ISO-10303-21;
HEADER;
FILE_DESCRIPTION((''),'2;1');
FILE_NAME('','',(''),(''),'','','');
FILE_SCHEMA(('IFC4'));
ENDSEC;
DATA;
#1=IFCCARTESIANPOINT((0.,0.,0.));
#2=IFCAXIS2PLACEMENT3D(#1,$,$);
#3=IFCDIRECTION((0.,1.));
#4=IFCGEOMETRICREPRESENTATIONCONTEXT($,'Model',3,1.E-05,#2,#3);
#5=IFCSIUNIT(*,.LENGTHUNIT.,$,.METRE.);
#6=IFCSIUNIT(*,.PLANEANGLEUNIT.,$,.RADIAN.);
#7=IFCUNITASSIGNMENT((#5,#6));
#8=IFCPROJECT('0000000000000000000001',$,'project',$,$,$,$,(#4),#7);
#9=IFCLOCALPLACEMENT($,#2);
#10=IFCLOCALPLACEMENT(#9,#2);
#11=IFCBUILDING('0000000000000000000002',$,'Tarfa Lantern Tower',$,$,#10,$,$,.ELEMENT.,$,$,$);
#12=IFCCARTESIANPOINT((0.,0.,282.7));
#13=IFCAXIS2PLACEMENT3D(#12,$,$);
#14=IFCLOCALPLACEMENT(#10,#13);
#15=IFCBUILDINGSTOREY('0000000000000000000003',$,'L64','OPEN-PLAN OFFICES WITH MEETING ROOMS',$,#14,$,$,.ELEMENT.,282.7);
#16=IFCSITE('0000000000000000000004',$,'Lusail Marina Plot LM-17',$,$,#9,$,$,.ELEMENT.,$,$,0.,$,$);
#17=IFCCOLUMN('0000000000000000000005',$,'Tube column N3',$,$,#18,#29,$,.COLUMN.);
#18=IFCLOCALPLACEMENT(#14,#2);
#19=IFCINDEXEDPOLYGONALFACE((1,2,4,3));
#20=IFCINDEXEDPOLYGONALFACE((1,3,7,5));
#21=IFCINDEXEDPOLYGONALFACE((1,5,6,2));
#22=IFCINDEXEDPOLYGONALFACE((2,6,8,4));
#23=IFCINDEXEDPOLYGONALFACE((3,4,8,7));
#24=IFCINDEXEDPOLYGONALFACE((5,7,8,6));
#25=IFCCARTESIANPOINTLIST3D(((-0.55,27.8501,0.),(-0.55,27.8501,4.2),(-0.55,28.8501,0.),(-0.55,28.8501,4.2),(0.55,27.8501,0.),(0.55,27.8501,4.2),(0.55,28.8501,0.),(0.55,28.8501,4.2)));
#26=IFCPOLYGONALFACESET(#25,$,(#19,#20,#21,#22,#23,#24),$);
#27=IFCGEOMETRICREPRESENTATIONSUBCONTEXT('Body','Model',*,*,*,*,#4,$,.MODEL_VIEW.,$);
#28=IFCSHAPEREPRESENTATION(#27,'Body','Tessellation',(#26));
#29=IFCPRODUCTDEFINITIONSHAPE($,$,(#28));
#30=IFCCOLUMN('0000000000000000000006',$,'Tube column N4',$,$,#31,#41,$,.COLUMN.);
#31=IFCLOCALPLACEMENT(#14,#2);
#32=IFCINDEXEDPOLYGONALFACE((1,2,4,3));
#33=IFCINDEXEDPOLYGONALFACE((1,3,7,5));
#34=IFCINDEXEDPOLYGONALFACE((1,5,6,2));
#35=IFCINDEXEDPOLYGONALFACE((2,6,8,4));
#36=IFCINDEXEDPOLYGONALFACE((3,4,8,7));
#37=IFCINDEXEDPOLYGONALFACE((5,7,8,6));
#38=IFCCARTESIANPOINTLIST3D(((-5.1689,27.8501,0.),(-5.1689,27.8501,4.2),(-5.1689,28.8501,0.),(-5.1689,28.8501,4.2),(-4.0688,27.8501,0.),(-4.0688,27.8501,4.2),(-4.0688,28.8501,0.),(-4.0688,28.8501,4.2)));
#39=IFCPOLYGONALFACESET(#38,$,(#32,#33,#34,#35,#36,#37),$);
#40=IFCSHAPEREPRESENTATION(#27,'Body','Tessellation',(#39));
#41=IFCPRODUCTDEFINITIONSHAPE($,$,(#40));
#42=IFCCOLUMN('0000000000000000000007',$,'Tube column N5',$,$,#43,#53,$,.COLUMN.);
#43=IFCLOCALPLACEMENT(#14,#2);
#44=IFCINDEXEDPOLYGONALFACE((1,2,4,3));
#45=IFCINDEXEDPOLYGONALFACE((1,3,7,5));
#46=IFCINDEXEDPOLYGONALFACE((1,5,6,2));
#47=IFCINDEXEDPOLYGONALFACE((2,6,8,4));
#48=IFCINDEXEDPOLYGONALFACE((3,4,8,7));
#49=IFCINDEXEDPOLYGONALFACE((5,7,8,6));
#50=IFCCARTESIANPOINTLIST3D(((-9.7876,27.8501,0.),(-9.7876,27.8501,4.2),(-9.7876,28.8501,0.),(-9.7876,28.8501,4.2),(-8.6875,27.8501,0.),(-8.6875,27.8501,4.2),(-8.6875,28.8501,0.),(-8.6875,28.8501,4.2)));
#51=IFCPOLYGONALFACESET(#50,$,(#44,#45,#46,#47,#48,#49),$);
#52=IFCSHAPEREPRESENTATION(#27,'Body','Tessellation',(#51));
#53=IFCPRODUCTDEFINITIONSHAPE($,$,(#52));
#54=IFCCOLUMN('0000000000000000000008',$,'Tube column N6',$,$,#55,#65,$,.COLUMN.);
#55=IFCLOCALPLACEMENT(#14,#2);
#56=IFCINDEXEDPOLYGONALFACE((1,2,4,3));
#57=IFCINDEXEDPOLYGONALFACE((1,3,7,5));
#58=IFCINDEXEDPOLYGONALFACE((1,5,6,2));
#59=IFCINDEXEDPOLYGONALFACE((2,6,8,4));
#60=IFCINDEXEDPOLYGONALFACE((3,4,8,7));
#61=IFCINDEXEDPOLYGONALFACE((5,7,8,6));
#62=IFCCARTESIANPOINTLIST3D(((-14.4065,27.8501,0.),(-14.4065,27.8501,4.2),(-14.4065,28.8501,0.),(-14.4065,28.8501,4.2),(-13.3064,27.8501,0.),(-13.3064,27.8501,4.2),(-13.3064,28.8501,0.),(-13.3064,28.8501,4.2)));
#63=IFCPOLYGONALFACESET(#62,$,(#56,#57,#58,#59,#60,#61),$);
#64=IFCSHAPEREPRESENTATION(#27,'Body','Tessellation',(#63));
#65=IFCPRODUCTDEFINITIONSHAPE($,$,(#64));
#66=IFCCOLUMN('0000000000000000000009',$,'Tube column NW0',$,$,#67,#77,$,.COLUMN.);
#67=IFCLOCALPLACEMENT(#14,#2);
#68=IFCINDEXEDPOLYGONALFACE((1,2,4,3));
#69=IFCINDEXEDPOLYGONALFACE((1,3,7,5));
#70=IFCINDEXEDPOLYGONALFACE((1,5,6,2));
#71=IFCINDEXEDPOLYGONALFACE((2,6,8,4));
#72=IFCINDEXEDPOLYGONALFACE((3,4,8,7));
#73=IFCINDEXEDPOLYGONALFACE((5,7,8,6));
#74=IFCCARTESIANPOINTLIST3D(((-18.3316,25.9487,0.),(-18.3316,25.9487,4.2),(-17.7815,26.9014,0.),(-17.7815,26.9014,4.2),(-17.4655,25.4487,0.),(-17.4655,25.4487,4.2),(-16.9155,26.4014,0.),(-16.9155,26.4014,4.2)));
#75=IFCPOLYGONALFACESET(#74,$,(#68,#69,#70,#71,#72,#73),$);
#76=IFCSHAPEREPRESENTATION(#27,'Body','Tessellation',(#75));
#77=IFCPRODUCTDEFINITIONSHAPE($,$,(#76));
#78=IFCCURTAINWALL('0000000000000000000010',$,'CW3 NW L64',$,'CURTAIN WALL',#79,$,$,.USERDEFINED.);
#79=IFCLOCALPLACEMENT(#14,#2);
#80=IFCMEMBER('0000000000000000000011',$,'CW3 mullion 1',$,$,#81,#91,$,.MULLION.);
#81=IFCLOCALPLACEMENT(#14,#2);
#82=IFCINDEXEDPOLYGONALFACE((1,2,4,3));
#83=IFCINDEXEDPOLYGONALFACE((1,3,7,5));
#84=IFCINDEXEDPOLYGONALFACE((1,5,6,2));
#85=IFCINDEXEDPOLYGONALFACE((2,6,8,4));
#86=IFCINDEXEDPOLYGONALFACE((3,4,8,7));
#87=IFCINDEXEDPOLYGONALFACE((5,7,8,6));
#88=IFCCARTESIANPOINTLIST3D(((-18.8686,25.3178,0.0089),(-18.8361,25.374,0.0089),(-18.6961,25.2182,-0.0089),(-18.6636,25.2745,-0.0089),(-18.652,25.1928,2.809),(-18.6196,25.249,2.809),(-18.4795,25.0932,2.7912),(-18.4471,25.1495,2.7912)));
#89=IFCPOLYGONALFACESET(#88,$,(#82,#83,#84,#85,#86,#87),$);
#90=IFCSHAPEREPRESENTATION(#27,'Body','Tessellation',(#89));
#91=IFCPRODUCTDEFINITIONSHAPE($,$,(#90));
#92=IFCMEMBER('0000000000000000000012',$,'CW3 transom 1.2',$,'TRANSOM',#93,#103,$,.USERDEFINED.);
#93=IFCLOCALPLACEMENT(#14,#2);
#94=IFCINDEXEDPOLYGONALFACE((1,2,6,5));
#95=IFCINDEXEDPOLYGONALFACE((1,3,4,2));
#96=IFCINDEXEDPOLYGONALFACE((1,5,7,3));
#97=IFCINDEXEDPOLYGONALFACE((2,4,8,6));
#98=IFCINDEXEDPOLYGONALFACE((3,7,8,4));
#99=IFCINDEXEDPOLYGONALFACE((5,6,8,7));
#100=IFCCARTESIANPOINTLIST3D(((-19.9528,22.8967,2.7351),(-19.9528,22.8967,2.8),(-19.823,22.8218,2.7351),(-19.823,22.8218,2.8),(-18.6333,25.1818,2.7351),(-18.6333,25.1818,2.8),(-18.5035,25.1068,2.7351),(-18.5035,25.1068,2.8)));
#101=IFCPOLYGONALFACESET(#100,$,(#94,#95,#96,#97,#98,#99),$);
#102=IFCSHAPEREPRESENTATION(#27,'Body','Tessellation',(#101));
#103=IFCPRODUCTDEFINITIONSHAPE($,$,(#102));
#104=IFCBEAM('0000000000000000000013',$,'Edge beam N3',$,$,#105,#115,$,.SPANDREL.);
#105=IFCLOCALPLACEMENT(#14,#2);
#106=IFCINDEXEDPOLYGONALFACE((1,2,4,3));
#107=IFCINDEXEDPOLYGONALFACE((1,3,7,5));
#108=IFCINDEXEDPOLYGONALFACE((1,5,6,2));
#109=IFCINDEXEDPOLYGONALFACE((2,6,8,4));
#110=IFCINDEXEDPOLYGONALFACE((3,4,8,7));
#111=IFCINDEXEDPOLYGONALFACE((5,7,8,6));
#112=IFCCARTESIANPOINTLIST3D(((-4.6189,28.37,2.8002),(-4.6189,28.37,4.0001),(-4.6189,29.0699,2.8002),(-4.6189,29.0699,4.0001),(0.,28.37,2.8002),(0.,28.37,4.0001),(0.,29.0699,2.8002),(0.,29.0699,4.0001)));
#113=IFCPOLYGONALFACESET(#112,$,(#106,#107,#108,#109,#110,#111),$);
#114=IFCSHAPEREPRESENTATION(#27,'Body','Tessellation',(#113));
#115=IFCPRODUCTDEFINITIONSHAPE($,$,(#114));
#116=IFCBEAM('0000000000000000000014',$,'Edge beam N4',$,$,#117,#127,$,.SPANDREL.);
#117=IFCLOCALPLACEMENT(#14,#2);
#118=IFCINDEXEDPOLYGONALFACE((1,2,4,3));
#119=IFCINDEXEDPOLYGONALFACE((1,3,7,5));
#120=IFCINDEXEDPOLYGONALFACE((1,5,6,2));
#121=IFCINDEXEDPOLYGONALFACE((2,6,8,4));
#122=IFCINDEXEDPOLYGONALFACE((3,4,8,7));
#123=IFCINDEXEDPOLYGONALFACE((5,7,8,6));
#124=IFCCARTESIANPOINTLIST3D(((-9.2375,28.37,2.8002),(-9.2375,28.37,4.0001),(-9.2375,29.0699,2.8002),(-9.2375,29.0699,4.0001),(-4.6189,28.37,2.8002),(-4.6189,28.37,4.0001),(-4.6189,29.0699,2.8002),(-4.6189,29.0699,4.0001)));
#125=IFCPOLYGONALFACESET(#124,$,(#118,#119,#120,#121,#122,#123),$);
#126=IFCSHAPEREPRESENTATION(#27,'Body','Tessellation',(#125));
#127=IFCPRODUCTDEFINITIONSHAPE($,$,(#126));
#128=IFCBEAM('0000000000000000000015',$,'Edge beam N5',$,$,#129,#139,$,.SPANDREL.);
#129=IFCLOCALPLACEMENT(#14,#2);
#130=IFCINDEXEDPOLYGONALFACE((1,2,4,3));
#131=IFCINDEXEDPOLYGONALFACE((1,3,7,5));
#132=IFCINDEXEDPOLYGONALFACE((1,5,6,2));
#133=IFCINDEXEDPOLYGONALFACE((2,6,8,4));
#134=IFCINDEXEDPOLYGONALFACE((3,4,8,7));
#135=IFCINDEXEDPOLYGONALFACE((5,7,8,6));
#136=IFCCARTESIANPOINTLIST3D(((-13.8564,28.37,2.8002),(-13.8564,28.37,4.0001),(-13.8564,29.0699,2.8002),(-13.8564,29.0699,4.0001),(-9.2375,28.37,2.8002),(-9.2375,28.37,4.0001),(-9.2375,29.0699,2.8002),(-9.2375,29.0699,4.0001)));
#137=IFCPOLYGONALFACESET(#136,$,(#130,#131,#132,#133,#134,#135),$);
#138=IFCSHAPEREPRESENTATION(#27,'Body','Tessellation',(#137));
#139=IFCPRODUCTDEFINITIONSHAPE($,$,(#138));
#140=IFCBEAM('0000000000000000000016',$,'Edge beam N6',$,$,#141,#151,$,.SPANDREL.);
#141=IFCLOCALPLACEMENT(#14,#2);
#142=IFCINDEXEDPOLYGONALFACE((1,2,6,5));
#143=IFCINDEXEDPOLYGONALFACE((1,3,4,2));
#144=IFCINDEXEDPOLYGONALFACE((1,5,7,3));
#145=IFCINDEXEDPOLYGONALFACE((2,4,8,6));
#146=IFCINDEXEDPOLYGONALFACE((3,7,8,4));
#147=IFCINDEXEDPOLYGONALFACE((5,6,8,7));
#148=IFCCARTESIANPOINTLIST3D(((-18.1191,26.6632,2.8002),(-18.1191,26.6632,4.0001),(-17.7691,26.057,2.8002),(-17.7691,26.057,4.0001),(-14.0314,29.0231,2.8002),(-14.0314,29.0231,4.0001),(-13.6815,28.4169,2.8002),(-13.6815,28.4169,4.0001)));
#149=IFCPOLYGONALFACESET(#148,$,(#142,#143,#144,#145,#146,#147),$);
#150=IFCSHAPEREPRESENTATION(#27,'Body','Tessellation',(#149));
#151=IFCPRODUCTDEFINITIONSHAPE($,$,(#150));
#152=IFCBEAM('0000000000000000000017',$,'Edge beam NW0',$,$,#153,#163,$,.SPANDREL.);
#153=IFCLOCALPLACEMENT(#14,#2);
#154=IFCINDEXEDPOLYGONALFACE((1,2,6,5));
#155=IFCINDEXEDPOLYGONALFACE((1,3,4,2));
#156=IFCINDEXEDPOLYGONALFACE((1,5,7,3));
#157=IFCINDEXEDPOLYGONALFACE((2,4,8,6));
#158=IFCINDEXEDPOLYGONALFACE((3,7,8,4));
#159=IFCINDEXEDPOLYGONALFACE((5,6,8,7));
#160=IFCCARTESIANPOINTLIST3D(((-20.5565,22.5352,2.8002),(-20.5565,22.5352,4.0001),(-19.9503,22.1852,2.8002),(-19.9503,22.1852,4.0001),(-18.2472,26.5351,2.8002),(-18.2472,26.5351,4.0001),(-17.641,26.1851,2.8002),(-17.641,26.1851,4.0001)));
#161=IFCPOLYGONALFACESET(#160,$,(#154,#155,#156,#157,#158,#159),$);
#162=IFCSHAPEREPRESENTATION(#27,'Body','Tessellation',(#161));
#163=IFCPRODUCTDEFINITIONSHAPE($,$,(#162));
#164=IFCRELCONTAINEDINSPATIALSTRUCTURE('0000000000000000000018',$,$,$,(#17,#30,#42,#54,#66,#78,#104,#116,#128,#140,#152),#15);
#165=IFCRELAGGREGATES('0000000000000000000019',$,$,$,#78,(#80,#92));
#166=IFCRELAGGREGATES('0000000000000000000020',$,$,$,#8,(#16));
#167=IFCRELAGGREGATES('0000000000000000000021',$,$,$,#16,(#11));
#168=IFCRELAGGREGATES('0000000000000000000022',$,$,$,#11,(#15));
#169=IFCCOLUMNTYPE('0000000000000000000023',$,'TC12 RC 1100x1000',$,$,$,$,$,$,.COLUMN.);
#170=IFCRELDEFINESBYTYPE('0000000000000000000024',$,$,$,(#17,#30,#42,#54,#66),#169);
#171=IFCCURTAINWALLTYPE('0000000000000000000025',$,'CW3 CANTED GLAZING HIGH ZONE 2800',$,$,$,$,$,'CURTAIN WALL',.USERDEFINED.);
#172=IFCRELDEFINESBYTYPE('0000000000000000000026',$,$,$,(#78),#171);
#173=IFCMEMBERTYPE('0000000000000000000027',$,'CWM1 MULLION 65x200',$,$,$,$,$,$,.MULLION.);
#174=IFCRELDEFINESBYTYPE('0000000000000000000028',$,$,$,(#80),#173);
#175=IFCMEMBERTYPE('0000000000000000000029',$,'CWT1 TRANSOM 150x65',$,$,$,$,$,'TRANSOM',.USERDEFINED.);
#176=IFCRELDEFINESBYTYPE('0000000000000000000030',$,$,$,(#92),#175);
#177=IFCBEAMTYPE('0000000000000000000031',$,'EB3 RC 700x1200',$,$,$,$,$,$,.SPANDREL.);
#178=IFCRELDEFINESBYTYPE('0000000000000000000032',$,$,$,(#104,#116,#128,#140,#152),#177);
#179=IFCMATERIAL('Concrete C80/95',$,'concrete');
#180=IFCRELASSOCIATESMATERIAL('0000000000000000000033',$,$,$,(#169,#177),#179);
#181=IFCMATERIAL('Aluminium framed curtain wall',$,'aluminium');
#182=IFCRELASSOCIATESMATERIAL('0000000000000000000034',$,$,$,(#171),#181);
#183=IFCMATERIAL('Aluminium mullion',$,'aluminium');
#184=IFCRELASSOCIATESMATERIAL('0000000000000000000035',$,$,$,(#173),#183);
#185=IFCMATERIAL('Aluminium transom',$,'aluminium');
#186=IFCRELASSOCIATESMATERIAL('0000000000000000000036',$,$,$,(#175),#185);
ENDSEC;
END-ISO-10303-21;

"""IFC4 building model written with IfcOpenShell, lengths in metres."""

from ifc_helpers import new_model, si_unit, direction, frame, origin, origin_2d, place, context, subcontext, project, spatial, rectangle, extrude, material, material_profile, profile_set, type_object, element, aggregate, save


model = new_model("IFC4")

# Units and contexts
model_context = context("Model", 3, precision=1e-05, world=origin(), true_north=direction((0.0, 1.0)))
body_context = subcontext(model_context, "Body", "Model", "MODEL_VIEW")
ifc_project = project(units=[si_unit("LENGTHUNIT", "METRE"), si_unit("PLANEANGLEUNIT", "RADIAN")], contexts=[model_context])

# Site, building, storey
site_placement = place(None, origin())
site = spatial("IfcSite", under=ifc_project, at=site_placement, Name="Lusail Marina Plot LM-17", CompositionType="ELEMENT", RefElevation=0.0)
building_placement = place(site_placement, origin())
building = spatial("IfcBuilding", under=site, at=building_placement, Name="Tarfa Lantern Tower", CompositionType="ELEMENT")
storey_placement = place(building_placement, frame((0.0, 0.0, 282.7)))
storey = spatial("IfcBuildingStorey", under=building, at=storey_placement, Name="L64", Description="OPEN-PLAN OFFICES WITH MEETING ROOMS", CompositionType="ELEMENT", Elevation=282.7)

# Columns
ifc_material_1 = material(Name="Concrete C80/95", Category="concrete")
ifc_material_profile_1 = material_profile(ifc_material_1, rectangle(XDim=1.1001, YDim=1.0, at=origin_2d()), Name="RC 1100x1000")
ifc_profile_set_1 = profile_set([ifc_material_profile_1], Name="Concrete C80/95")
column_type = type_object("IfcColumnType", Name="TC12 RC 1100x1000", PredefinedType="COLUMN", material=ifc_profile_set_1)
for number, where, z_axis, x_axis, name in (
    (1, (0.0, 28.3501, 0.0), (0.0, 0.0, 1.0), (-1.0, 0.0, 0.0), "Tube column N3"),
    (2, (-4.6189, 28.3501, 0.0), (0.0, 0.0, 1.0), (-1.0, 0.0, 0.0), "Tube column N4"),
    (3, (-9.2375, 28.3501, 0.0), (0.0, 0.0, 1.0), (-1.0, 0.0, 0.0), "Tube column N5"),
    (4, (-13.8564, 28.3501, 0.0), (0.0, 0.0, 1.0), (-1.0, 0.0, 0.0), "Tube column N6"),
    (5, (-17.6235, 26.175, 0.0), (0.0, 0.0, 1.0), (-0.5, -0.866025, 0.0), "Tube column NW0"),
):
    element("IfcColumn", number, at=place(storey_placement, frame(where, z_axis=z_axis, x_axis=x_axis)), inside=storey, type_object=column_type, Name=name, PredefinedType="COLUMN", context=body_context, shape_type="SweptSolid", body=[
        extrude(rectangle(XDim=1.1001, YDim=1.0, at=origin_2d()), origin(), (0.0, 0.0, 1.0), 4.2),
    ])

# Curtain wall, members
ifc_material_2 = material(Name="Aluminium framed curtain wall", Category="aluminium")
curtain_wall_type = type_object("IfcCurtainWallType", Name="CW3 CANTED GLAZING HIGH ZONE 2800", ElementType="CURTAIN WALL", PredefinedType="USERDEFINED", material=ifc_material_2)
curtain_wall_placement = place(storey_placement, origin())
curtain_wall = element("IfcCurtainWall", 6, at=curtain_wall_placement, inside=storey, type_object=curtain_wall_type, Name="CW3 NW L64", ObjectType="CURTAIN WALL", PredefinedType="USERDEFINED")
ifc_material_3 = material(Name="Aluminium mullion", Category="aluminium")
ifc_material_profile_2 = material_profile(ifc_material_3, rectangle(XDim=0.0649, YDim=0.2, at=origin_2d()), Name="AL MULLION 65x200")
ifc_profile_set_2 = profile_set([ifc_material_profile_2], Name="Aluminium mullion")
member_type_1 = type_object("IfcMemberType", Name="CWM1 MULLION 65x200", PredefinedType="MULLION", material=ifc_profile_set_2)
member_1_placement = place(storey_placement, frame((-18.7661, 25.2961, 0.0), z_axis=(0.077032, -0.044465, 0.996037), x_axis=(0.49992, 0.866072, 0.0)))
member_1 = element("IfcMember", 7, at=member_1_placement, type_object=member_type_1, Name="CW3 mullion 1", PredefinedType="MULLION", context=body_context, shape_type="SweptSolid", body=[
    extrude(rectangle(XDim=0.0649, YDim=0.2, at=origin_2d()), origin(), (0.0, 0.0, 1.0), 2.8113),
])
ifc_material_4 = material(Name="Aluminium transom", Category="aluminium")
ifc_material_profile_3 = material_profile(ifc_material_4, rectangle(XDim=0.1499, YDim=0.0649, at=origin_2d()), Name="AL TRANSOM 150x65")
ifc_profile_set_3 = profile_set([ifc_material_profile_3], Name="Aluminium transom")
member_type_2 = type_object("IfcMemberType", Name="CWT1 TRANSOM 150x65", ElementType="TRANSOM", PredefinedType="USERDEFINED", material=ifc_profile_set_3)
member_2_placement = place(storey_placement, frame((-18.5684, 25.1443, 2.7676), z_axis=(-0.500069, -0.865985, 0.0), x_axis=(0.865985, -0.500069, 0.0)))
member_2 = element("IfcMember", 8, at=member_2_placement, type_object=member_type_2, Name="CW3 transom 1.2", ObjectType="TRANSOM", PredefinedType="USERDEFINED", context=body_context, shape_type="SweptSolid", body=[
    extrude(rectangle(XDim=0.1499, YDim=0.0649, at=origin_2d()), origin(), (0.0, 0.0, 1.0), 2.6387),
])

# Beams
ifc_material_profile_4 = material_profile(ifc_material_1, rectangle(XDim=0.7, YDim=1.2, at=origin_2d()), Name="RC 700x1200")
ifc_profile_set_4 = profile_set([ifc_material_profile_4], Name="Concrete C80/95")
beam_type_1 = type_object("IfcBeamType", Name="EB3 RC 700x1200", PredefinedType="SPANDREL", material=ifc_profile_set_4)
beam_1_placement = place(storey_placement, frame((0.0, 28.72, 3.4001), z_axis=(-1.0, 0.0, 0.0), x_axis=(0.0, -1.0, 0.0)))
element("IfcBeam", 9, at=beam_1_placement, inside=storey, type_object=beam_type_1, Name="Edge beam N3", PredefinedType="SPANDREL", context=body_context, shape_type="SweptSolid", body=[
    extrude(rectangle(XDim=0.7, YDim=1.2, at=origin_2d()), origin(), (0.0, 0.0, 1.0), 4.6189),
])
beam_2_placement = place(storey_placement, frame((-4.6189, 28.72, 3.4001), z_axis=(-1.0, 0.0, 0.0), x_axis=(0.0, -1.0, 0.0)))
element("IfcBeam", 10, at=beam_2_placement, inside=storey, type_object=beam_type_1, Name="Edge beam N4", PredefinedType="SPANDREL", context=body_context, shape_type="SweptSolid", body=[
    extrude(rectangle(XDim=0.7, YDim=1.2, at=origin_2d()), origin(), (0.0, 0.0, 1.0), 4.6187),
])
beam_3_placement = place(storey_placement, frame((-9.2375, 28.72, 3.4001), z_axis=(-1.0, 0.0, 0.0), x_axis=(0.0, -1.0, 0.0)))
element("IfcBeam", 11, at=beam_3_placement, inside=storey, type_object=beam_type_1, Name="Edge beam N5", PredefinedType="SPANDREL", context=body_context, shape_type="SweptSolid", body=[
    extrude(rectangle(XDim=0.7, YDim=1.2, at=origin_2d()), origin(), (0.0, 0.0, 1.0), 4.6189),
])
beam_4_placement = place(storey_placement, frame((-13.8564, 28.72, 3.4001), z_axis=(-0.866038, -0.499978, 0.0), x_axis=(0.499978, -0.866038, 0.0)))
element("IfcBeam", 12, at=beam_4_placement, inside=storey, type_object=beam_type_1, Name="Edge beam N6", PredefinedType="SPANDREL", context=body_context, shape_type="SweptSolid", body=[
    extrude(rectangle(XDim=0.7, YDim=1.2, at=origin_2d()), origin(), (0.0, 0.0, 1.0), 4.72),
])
beam_5_placement = place(storey_placement, frame((-17.9441, 26.3601, 3.4001), z_axis=(-0.499988, -0.866032, 0.0), x_axis=(0.866032, -0.499988, 0.0)))
element("IfcBeam", 13, at=beam_5_placement, inside=storey, type_object=beam_type_1, Name="Edge beam NW0", PredefinedType="SPANDREL", context=body_context, shape_type="SweptSolid", body=[
    extrude(rectangle(XDim=0.7, YDim=1.2, at=origin_2d()), origin(), (0.0, 0.0, 1.0), 4.6187),
])

aggregate(curtain_wall, [member_1, member_2])

save(model, "model.ifc")
